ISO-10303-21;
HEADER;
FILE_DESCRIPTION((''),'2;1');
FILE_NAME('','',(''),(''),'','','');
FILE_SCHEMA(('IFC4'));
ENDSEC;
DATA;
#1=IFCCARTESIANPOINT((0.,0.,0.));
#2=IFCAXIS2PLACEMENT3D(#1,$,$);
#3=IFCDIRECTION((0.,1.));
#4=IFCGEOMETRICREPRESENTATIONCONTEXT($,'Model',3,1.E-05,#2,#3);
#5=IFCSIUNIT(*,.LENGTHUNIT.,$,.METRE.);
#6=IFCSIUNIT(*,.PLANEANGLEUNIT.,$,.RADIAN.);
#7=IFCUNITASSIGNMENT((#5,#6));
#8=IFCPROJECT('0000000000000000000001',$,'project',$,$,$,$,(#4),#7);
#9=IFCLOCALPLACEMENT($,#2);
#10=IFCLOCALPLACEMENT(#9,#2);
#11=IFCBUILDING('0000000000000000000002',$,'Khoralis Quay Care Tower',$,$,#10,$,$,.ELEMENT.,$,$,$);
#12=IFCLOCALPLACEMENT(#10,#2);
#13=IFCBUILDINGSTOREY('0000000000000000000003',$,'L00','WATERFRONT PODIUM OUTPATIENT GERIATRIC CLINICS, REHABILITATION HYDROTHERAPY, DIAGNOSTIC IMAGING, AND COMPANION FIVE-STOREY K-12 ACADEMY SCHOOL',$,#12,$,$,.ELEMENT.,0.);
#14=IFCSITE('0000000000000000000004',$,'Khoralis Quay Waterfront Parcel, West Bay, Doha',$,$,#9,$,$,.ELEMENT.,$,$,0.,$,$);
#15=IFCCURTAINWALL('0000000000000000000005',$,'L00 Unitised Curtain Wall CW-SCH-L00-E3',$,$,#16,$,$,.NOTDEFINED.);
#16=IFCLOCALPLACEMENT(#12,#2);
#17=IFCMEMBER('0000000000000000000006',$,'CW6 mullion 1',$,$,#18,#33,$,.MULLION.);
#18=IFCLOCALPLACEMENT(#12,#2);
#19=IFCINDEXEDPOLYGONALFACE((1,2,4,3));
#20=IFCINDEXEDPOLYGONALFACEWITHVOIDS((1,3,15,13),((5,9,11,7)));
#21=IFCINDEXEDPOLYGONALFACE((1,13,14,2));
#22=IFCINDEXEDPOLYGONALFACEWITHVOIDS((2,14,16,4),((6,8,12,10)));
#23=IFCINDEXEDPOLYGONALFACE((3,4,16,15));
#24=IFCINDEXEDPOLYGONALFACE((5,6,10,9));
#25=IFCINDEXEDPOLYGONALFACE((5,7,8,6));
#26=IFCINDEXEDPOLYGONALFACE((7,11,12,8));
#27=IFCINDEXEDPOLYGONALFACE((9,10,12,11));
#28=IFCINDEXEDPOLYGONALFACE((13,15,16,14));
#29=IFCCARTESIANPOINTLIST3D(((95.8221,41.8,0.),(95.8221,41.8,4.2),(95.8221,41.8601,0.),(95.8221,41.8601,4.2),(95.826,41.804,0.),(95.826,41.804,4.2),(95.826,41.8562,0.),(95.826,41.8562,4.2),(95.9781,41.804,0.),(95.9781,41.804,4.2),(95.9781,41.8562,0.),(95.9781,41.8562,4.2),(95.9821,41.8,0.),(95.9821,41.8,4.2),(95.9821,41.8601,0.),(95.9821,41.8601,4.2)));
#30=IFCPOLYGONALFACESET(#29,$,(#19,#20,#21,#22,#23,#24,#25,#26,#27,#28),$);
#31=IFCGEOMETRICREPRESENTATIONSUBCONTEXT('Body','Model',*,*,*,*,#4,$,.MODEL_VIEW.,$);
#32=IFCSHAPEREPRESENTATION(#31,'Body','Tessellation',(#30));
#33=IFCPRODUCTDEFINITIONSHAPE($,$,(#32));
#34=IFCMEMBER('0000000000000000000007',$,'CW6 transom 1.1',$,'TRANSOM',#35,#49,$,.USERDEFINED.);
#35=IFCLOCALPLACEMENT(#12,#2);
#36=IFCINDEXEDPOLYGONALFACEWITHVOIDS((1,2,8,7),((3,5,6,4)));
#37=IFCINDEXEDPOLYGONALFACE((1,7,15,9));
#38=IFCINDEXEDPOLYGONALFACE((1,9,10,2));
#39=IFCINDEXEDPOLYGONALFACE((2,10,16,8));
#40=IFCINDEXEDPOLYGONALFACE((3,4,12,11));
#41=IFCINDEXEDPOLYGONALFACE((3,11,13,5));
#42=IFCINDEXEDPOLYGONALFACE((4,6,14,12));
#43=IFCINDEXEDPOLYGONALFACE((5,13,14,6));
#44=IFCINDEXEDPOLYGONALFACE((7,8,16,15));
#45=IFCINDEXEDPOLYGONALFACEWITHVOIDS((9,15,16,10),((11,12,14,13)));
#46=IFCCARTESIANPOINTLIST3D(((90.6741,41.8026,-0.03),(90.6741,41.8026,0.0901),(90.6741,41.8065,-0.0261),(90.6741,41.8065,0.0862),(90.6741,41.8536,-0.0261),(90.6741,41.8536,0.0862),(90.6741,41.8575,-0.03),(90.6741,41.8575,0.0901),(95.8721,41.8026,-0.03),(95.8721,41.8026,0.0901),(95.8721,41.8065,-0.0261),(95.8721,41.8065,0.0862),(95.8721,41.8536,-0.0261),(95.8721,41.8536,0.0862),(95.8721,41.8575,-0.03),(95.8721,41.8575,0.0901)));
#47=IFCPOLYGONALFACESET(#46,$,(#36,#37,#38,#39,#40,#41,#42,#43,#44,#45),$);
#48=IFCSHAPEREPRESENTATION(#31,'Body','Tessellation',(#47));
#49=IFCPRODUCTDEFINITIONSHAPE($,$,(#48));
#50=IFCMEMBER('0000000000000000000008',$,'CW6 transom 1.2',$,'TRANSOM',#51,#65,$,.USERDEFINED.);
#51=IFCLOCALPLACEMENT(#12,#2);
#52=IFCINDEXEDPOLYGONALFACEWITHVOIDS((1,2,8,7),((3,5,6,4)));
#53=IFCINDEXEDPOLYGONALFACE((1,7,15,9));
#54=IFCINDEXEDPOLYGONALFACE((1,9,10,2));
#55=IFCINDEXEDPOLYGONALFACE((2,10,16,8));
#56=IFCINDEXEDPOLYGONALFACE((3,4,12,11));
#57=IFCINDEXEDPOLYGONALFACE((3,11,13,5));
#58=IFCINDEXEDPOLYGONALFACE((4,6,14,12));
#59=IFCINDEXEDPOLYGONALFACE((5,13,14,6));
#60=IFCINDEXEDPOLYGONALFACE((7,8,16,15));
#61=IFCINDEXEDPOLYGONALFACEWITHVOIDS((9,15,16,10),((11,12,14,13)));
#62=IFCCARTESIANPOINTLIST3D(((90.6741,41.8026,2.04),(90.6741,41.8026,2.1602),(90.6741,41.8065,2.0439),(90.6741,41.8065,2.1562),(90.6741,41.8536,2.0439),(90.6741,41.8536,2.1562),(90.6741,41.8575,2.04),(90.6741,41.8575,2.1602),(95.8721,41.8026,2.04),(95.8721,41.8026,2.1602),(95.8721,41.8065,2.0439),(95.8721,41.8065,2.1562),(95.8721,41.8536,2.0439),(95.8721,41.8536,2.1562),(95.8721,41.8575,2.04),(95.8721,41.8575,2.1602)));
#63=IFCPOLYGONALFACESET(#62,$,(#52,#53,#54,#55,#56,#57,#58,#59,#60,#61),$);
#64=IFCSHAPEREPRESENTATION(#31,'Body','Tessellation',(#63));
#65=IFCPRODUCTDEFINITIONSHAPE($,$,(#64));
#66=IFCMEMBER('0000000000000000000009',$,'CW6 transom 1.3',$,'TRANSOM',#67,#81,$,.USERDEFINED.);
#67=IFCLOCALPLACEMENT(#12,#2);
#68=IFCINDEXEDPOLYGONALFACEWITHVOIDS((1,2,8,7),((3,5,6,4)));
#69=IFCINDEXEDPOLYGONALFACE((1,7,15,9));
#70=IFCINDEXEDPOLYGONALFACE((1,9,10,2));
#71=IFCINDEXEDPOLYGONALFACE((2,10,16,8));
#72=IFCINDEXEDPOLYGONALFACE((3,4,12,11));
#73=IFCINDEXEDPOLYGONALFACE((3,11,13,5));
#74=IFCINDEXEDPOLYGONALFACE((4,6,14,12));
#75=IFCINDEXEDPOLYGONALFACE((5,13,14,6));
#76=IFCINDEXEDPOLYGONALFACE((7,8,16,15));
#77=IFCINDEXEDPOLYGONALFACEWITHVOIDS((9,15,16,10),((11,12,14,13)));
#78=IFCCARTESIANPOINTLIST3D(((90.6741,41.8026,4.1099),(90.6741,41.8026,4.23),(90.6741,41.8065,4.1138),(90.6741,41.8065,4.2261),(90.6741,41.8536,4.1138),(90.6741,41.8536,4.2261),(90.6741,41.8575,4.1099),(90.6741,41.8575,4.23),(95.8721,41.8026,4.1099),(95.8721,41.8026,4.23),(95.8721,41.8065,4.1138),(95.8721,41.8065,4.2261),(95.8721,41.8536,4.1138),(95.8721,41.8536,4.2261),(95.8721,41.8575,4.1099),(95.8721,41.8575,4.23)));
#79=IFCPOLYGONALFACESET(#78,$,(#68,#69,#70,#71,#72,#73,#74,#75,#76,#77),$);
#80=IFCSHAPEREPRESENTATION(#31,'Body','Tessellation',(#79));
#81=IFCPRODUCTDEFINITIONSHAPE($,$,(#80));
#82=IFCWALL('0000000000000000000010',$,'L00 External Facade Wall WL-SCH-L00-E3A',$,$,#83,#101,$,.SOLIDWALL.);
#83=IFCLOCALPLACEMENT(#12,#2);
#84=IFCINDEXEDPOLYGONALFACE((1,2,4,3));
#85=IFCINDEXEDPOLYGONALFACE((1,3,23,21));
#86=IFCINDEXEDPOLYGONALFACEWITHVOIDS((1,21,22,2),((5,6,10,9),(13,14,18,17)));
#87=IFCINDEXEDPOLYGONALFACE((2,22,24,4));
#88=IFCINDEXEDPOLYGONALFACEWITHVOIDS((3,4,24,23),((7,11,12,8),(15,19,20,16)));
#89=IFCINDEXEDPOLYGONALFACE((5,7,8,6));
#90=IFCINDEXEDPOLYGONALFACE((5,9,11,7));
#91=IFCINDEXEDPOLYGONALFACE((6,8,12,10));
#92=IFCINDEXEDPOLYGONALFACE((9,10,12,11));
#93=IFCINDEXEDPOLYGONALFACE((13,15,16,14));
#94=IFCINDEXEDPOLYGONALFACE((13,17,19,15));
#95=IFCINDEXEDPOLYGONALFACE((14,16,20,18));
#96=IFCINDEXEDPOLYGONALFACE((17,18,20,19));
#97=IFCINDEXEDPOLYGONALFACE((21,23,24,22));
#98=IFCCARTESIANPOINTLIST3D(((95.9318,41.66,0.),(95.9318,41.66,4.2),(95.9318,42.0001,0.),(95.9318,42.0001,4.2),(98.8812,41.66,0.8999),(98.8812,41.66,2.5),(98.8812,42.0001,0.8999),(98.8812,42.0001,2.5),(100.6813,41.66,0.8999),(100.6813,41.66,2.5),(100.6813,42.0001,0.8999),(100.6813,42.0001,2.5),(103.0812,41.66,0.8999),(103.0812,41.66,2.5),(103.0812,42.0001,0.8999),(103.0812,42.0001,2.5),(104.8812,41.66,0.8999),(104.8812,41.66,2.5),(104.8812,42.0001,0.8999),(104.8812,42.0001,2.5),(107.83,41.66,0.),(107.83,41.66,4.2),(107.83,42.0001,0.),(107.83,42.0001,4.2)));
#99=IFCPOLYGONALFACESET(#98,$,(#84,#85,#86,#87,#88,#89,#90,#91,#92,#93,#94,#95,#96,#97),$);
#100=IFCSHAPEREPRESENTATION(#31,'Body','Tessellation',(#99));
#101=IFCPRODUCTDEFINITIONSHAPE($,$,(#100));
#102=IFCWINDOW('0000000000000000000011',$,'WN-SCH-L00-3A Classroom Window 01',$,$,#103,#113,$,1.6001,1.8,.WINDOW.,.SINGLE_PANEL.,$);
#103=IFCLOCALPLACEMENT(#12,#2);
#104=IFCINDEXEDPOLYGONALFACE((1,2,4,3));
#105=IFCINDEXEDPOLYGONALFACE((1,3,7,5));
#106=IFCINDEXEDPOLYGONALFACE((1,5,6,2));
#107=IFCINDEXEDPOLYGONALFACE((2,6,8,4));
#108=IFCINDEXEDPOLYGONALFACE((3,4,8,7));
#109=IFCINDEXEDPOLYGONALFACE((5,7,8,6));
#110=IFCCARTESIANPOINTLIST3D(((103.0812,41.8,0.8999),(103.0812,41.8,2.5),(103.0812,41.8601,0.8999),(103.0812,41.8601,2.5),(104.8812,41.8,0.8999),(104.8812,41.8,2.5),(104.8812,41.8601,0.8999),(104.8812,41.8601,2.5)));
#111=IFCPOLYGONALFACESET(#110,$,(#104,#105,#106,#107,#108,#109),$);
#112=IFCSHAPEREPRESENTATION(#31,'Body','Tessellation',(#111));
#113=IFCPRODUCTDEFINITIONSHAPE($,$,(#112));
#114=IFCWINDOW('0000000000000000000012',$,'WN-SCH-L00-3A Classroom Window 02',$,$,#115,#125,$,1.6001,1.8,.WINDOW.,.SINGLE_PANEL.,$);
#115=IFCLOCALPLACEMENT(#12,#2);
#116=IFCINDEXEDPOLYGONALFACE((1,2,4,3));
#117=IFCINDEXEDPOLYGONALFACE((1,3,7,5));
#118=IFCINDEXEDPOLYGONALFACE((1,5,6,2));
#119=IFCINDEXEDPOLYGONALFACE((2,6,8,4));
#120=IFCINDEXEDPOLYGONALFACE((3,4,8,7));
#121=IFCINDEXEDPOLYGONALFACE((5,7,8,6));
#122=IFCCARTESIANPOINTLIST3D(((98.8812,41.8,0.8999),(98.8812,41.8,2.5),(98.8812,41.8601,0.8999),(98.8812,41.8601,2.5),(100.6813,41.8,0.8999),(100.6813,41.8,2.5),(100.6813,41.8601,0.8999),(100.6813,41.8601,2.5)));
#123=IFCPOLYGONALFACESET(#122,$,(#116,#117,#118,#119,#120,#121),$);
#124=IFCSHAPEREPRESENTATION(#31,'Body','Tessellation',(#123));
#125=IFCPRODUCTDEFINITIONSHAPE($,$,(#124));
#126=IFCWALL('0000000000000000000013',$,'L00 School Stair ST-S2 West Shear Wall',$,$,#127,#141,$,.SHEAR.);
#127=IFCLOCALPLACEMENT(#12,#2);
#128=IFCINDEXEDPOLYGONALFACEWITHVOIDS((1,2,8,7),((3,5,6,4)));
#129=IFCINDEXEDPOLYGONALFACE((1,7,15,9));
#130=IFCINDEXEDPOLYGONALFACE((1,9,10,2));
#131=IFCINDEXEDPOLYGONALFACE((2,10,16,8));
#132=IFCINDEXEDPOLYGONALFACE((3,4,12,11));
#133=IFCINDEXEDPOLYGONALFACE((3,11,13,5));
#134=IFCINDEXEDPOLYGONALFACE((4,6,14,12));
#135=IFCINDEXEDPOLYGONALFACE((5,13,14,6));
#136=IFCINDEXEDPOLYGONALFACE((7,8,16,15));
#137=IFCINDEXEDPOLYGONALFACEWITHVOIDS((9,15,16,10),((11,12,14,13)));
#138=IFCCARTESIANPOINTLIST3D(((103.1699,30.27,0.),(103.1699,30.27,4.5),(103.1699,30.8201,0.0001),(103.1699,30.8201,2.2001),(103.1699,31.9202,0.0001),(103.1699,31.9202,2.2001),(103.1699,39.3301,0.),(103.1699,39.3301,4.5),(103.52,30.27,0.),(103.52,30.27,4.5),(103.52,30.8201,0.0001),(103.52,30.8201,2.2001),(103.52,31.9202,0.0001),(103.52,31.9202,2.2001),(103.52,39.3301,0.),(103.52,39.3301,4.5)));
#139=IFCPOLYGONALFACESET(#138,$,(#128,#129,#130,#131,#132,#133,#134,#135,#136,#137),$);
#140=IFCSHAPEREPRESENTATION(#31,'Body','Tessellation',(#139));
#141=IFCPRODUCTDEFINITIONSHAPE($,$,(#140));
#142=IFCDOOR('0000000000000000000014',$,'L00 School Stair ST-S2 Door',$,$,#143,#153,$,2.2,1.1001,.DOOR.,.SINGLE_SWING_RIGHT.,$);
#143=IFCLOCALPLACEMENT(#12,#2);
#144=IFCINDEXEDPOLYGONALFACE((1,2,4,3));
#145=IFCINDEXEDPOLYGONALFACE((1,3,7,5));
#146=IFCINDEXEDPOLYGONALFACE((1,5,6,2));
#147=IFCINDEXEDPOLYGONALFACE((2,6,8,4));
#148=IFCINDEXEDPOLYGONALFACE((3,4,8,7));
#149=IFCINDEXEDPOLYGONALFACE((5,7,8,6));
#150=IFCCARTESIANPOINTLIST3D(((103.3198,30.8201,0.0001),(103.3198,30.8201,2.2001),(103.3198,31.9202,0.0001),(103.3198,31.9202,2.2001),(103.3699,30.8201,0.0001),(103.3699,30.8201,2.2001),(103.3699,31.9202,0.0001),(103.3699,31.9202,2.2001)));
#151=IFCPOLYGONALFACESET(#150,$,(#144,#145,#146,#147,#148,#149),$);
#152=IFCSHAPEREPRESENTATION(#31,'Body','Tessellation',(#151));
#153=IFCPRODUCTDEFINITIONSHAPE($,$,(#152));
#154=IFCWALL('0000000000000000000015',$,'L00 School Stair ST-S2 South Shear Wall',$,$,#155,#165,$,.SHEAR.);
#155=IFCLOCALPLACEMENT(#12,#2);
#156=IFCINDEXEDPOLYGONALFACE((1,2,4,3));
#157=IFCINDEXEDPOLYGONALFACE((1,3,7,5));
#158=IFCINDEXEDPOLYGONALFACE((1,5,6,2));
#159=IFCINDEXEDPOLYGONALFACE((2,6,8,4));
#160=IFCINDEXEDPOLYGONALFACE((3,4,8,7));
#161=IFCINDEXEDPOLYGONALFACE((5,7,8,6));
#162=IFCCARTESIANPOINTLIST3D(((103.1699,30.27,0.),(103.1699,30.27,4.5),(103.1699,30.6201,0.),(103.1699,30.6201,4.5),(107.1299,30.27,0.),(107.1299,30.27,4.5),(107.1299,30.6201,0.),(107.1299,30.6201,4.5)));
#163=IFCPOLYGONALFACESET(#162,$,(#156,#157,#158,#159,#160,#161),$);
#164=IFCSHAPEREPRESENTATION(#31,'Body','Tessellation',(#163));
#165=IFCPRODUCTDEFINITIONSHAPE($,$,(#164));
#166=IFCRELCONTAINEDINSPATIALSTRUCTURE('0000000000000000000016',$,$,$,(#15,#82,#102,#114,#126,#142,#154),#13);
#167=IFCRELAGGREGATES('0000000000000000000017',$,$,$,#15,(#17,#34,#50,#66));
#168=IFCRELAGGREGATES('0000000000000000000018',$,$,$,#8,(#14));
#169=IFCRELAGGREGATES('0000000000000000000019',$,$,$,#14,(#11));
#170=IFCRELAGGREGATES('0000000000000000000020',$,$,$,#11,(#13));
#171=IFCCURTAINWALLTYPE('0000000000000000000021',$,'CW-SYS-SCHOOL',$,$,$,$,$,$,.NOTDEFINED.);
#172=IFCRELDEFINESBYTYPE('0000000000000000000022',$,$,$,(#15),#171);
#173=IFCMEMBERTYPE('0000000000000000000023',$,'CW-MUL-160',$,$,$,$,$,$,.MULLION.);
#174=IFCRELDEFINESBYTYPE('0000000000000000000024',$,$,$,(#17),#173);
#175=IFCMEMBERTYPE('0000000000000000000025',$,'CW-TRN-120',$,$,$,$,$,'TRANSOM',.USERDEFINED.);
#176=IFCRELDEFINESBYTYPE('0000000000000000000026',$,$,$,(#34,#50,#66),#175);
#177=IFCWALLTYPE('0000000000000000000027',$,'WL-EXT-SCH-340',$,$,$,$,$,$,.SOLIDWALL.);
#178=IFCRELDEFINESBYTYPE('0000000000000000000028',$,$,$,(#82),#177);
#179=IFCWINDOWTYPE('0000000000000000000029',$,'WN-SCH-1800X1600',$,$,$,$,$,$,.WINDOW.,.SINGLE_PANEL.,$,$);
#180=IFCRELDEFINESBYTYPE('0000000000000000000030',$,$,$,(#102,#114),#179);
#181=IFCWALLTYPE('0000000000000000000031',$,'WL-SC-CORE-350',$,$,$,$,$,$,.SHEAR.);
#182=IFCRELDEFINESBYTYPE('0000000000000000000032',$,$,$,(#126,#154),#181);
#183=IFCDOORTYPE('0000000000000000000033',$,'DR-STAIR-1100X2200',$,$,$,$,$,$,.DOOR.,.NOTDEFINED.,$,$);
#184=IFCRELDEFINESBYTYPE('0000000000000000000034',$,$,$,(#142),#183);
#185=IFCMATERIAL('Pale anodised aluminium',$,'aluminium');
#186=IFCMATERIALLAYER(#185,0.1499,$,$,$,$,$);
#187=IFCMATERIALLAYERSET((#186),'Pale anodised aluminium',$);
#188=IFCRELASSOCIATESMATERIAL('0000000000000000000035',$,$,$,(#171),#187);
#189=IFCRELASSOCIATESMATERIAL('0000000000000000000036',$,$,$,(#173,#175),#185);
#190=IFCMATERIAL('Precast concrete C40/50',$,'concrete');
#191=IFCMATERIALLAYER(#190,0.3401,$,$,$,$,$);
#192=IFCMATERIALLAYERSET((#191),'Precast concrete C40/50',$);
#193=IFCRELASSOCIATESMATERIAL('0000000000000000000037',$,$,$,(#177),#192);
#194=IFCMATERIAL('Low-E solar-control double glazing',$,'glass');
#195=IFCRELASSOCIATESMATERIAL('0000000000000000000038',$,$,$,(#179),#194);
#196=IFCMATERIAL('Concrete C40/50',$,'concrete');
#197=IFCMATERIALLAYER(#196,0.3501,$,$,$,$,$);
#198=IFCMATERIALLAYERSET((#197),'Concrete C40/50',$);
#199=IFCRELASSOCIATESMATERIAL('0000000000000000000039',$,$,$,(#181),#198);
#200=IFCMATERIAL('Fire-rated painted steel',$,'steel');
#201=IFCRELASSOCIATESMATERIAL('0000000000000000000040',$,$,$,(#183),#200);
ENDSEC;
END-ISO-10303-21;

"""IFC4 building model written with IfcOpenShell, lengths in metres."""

from ifc_helpers import new_model, si_unit, direction, frame, frame_2d, origin, origin_2d, place, context, subcontext, project, spatial, rectangle, hollow_rectangle, extrude, source, transform, mapped, material, layer, layer_set, material_profile, profile_set, type_object, element, fill, aggregate, save


model = new_model("IFC4")

# Units and contexts
model_context = context("Model", 3, precision=1e-05, world=origin(), true_north=direction((0.0, 1.0)))
body_context = subcontext(model_context, "Body", "Model", "MODEL_VIEW")
ifc_project = project(units=[si_unit("LENGTHUNIT", "METRE"), si_unit("PLANEANGLEUNIT", "RADIAN")], contexts=[model_context])

# Site, building, storey
site_placement = place(None, origin())
site = spatial("IfcSite", under=ifc_project, at=site_placement, Name="Khoralis Quay Waterfront Parcel, West Bay, Doha", CompositionType="ELEMENT", RefElevation=0.0)
building_placement = place(site_placement, origin())
building = spatial("IfcBuilding", under=site, at=building_placement, Name="Khoralis Quay Care Tower", CompositionType="ELEMENT")
storey_placement = place(building_placement, origin())
storey = spatial("IfcBuildingStorey", under=building, at=storey_placement, Name="L00", Description="WATERFRONT PODIUM OUTPATIENT GERIATRIC CLINICS, REHABILITATION HYDROTHERAPY, DIAGNOSTIC IMAGING, AND COMPANION FIVE-STOREY K-12 ACADEMY SCHOOL", CompositionType="ELEMENT", Elevation=0.0)

# Shared definitions
ifc_material_1 = material(Name="Concrete C40/50", Category="concrete")

# Curtain wall, members
ifc_material_2 = material(Name="Pale anodised aluminium", Category="aluminium")
ifc_layer_1 = layer(ifc_material_2, 0.1499)
ifc_layer_set_1 = layer_set([ifc_layer_1], Name="Pale anodised aluminium")
curtain_wall_type = type_object("IfcCurtainWallType", Name="CW-SYS-SCHOOL", PredefinedType="NOTDEFINED", material=ifc_layer_set_1)
curtain_wall_placement = place(storey_placement, origin())
curtain_wall = element("IfcCurtainWall", 1, at=curtain_wall_placement, inside=storey, type_object=curtain_wall_type, Name="L00 Unitised Curtain Wall CW-SCH-L00-E3", PredefinedType="NOTDEFINED")
ifc_material_profile_1 = material_profile(ifc_material_2, hollow_rectangle(XDim=0.0601, YDim=0.1599, WallThickness=0.0039, at=origin_2d()), Name="Pale anodised aluminium")
ifc_profile_set_1 = profile_set([ifc_material_profile_1], Name="Pale anodised aluminium")
member_type_1 = type_object("IfcMemberType", Name="CW-MUL-160", PredefinedType="MULLION", material=ifc_profile_set_1)
shared_shape_1 = source(origin(), body_context, "Body", "SweptSolid", [
    extrude(hollow_rectangle(XDim=0.0601, YDim=0.1599, WallThickness=0.0039, at=origin_2d()), origin(), (0.0, 0.0, 1.0), 4.2),
])
member_1_placement = place(storey_placement, frame((95.9021, 41.8301, 0.0), z_axis=(0.0, 0.0, 1.0), x_axis=(0.0, -1.0, 0.0)))
member_1 = element("IfcMember", 2, at=member_1_placement, type_object=member_type_1, Name="CW6 mullion 1", PredefinedType="MULLION", context=body_context, shape_type="MappedRepresentation", body=[
    mapped(shared_shape_1, transform((0.0, 0.0, 0.0), scale=1.0)),
])
ifc_material_profile_2 = material_profile(ifc_material_2, hollow_rectangle(XDim=0.0549, YDim=0.1201, WallThickness=0.0039, at=origin_2d()), Name="Pale anodised aluminium")
ifc_profile_set_2 = profile_set([ifc_material_profile_2], Name="Pale anodised aluminium")
member_type_2 = type_object("IfcMemberType", Name="CW-TRN-120", ElementType="TRANSOM", PredefinedType="USERDEFINED", material=ifc_profile_set_2)
shared_shape_2 = source(origin(), body_context, "Body", "SweptSolid", [
    extrude(hollow_rectangle(XDim=0.0549, YDim=0.1201, WallThickness=0.0039, at=origin_2d()), origin(), (0.0, 0.0, 1.0), 5.198),
])
member_2_placement = place(storey_placement, frame((95.8721, 41.8301, 0.03), z_axis=(-1.0, 0.0, 0.0), x_axis=(0.0, -1.0, 0.0)))
member_2 = element("IfcMember", 3, at=member_2_placement, type_object=member_type_2, Name="CW6 transom 1.1", ObjectType="TRANSOM", PredefinedType="USERDEFINED", context=body_context, shape_type="MappedRepresentation", body=[
    mapped(shared_shape_2, transform((0.0, 0.0, 0.0), scale=1.0)),
])
member_3_placement = place(storey_placement, frame((95.8721, 41.8301, 2.1001), z_axis=(-1.0, 0.0, 0.0), x_axis=(0.0, -1.0, 0.0)))
member_3 = element("IfcMember", 4, at=member_3_placement, type_object=member_type_2, Name="CW6 transom 1.2", ObjectType="TRANSOM", PredefinedType="USERDEFINED", context=body_context, shape_type="MappedRepresentation", body=[
    mapped(shared_shape_2, transform((0.0, 0.0, 0.0), scale=1.0)),
])
member_4_placement = place(storey_placement, frame((95.8721, 41.8301, 4.1699), z_axis=(-1.0, 0.0, 0.0), x_axis=(0.0, -1.0, 0.0)))
member_4 = element("IfcMember", 5, at=member_4_placement, type_object=member_type_2, Name="CW6 transom 1.3", ObjectType="TRANSOM", PredefinedType="USERDEFINED", context=body_context, shape_type="MappedRepresentation", body=[
    mapped(shared_shape_2, transform((0.0, 0.0, 0.0), scale=1.0)),
])
aggregate(curtain_wall, [member_1, member_2, member_3, member_4])

# Wall, openings, windows
ifc_material_3 = material(Name="Precast concrete C40/50", Category="concrete")
ifc_layer_2 = layer(ifc_material_3, 0.3401)
ifc_layer_set_2 = layer_set([ifc_layer_2], Name="Precast concrete C40/50")
wall_type_1 = type_object("IfcWallType", Name="WL-EXT-SCH-340", PredefinedType="SOLIDWALL", material=ifc_layer_set_2)
wall_1_placement = place(storey_placement, frame((107.8301, 41.8301, 0.0), z_axis=(0.0, 0.0, 1.0), x_axis=(-1.0, 0.0, 0.0)))
wall_1 = element("IfcWall", 6, at=wall_1_placement, inside=storey, type_object=wall_type_1, Name="L00 External Facade Wall WL-SCH-L00-E3A", PredefinedType="SOLIDWALL", context=body_context, shape_type="SweptSolid", body=[
    extrude(rectangle(XDim=11.8982, YDim=0.3401, at=frame_2d((5.9492, 0.0))), origin(), (0.0, 0.0, 1.0), 4.2),
])
opening_1_placement = place(wall_1_placement, frame((2.949, 0.0, 0.8999)))
opening_1 = element("IfcOpeningElement", 7, at=opening_1_placement, cuts=wall_1, PredefinedType="OPENING", context=body_context, shape_type="SweptSolid", body=[
    extrude(rectangle(XDim=1.8, YDim=1.6001, at=frame_2d((0.8999, 0.8))), frame((0.0, 0.1802, 0.0), z_axis=(0.0, -1.0, 0.0), x_axis=(1.0, 0.0, 0.0)), (0.0, 0.0, 1.0), 0.3601),
])
opening_2_placement = place(wall_1_placement, frame((7.1489, 0.0, 0.8999)))
opening_2 = element("IfcOpeningElement", 8, at=opening_2_placement, cuts=wall_1, PredefinedType="OPENING", context=body_context, shape_type="SweptSolid", body=[
    extrude(rectangle(XDim=1.8, YDim=1.6001, at=frame_2d((0.8999, 0.8))), frame((0.0, 0.1802, 0.0), z_axis=(0.0, -1.0, 0.0), x_axis=(1.0, 0.0, 0.0)), (0.0, 0.0, 1.0), 0.3601),
])
ifc_material_4 = material(Name="Low-E solar-control double glazing", Category="glass")
window_type = type_object("IfcWindowType", Name="WN-SCH-1800X1600", PartitioningType="SINGLE_PANEL", PredefinedType="WINDOW", material=ifc_material_4)
shared_shape_3 = source(origin(), body_context, "Body", "SweptSolid", [
    extrude(rectangle(XDim=1.8, YDim=1.6001, at=frame_2d((0.8999, 0.8))), frame((0.0, 0.03, 0.0), z_axis=(0.0, -1.0, 0.0), x_axis=(1.0, 0.0, 0.0)), (0.0, 0.0, 1.0), 0.0601),
])
window_1_placement = place(opening_1_placement, origin())
window_1 = element("IfcWindow", 9, at=window_1_placement, inside=storey, type_object=window_type, Name="WN-SCH-L00-3A Classroom Window 01", OverallHeight=1.6001, OverallWidth=1.8, PartitioningType="SINGLE_PANEL", PredefinedType="WINDOW", context=body_context, shape_type="MappedRepresentation", body=[
    mapped(shared_shape_3, transform((0.0, 0.0, 0.0), scale=1.0)),
])
fill(opening_1, window_1)
window_2_placement = place(opening_2_placement, origin())
window_2 = element("IfcWindow", 10, at=window_2_placement, inside=storey, type_object=window_type, Name="WN-SCH-L00-3A Classroom Window 02", OverallHeight=1.6001, OverallWidth=1.8, PartitioningType="SINGLE_PANEL", PredefinedType="WINDOW", context=body_context, shape_type="MappedRepresentation", body=[
    mapped(shared_shape_3, transform((0.0, 0.0, 0.0), scale=1.0)),
])
fill(opening_2, window_2)

# Wall, opening, door
ifc_layer_3 = layer(ifc_material_1, 0.3501)
ifc_layer_set_3 = layer_set([ifc_layer_3], Name="Concrete C40/50")
wall_type_2 = type_object("IfcWallType", Name="WL-SC-CORE-350", PredefinedType="SHEAR", material=ifc_layer_set_3)
wall_2_placement = place(storey_placement, frame((103.345, 30.27, 0.0), z_axis=(0.0, 0.0, 1.0), x_axis=(0.0, 1.0, 0.0)))
wall_2 = element("IfcWall", 11, at=wall_2_placement, inside=storey, type_object=wall_type_2, Name="L00 School Stair ST-S2 West Shear Wall", PredefinedType="SHEAR", context=body_context, shape_type="SweptSolid", body=[
    extrude(rectangle(XDim=9.0601, YDim=0.3501, at=frame_2d((4.53, 0.0))), origin(), (0.0, 0.0, 1.0), 4.5),
])
opening_3_placement = place(wall_2_placement, frame((0.55, 0.0, 0.0)))
opening_3 = element("IfcOpeningElement", 12, at=opening_3_placement, cuts=wall_2, PredefinedType="OPENING", context=body_context, shape_type="SweptSolid", body=[
    extrude(rectangle(XDim=1.1001, YDim=2.2, at=frame_2d((0.55, 1.1001))), frame((0.0, 0.1851, 0.0), z_axis=(0.0, -1.0, 0.0), x_axis=(1.0, 0.0, 0.0)), (0.0, 0.0, 1.0), 0.3701),
])
ifc_material_5 = material(Name="Fire-rated painted steel", Category="steel")
door_type = type_object("IfcDoorType", Name="DR-STAIR-1100X2200", OperationType="NOTDEFINED", PredefinedType="DOOR", material=ifc_material_5)
shared_shape_4 = source(origin(), body_context, "Body", "SweptSolid", [
    extrude(rectangle(XDim=1.1001, YDim=2.2, at=frame_2d((0.55, 1.1001))), frame((0.0, 0.0249, 0.0), z_axis=(0.0, -1.0, 0.0), x_axis=(1.0, 0.0, 0.0)), (0.0, 0.0, 1.0), 0.05),
])
door_placement = place(opening_3_placement, frame((1.1001, 0.0, 0.0), z_axis=(0.0, 0.0, 1.0), x_axis=(-1.0, 0.0, 0.0)))
door = element("IfcDoor", 13, at=door_placement, inside=storey, type_object=door_type, Name="L00 School Stair ST-S2 Door", OperationType="SINGLE_SWING_RIGHT", OverallHeight=2.2, OverallWidth=1.1001, PredefinedType="DOOR", context=body_context, shape_type="MappedRepresentation", body=[
    mapped(shared_shape_4, transform((0.0, 0.0, 0.0), scale=1.0)),
])
fill(opening_3, door)

# Wall
for number, where, z_axis, x_axis, name in (
    (14, (103.1699, 30.4451, 0.0), (0.0, 0.0, 1.0), (1.0, 0.0, 0.0), "L00 School Stair ST-S2 South Shear Wall"),
):
    element("IfcWall", number, at=place(storey_placement, frame(where, z_axis=z_axis, x_axis=x_axis)), inside=storey, type_object=wall_type_2, Name=name, PredefinedType="SHEAR", context=body_context, shape_type="SweptSolid", body=[
        extrude(rectangle(XDim=3.96, YDim=0.3501, at=frame_2d((1.98, 0.0))), origin(), (0.0, 0.0, 1.0), 4.5),
    ])

save(model, "model.ifc")
